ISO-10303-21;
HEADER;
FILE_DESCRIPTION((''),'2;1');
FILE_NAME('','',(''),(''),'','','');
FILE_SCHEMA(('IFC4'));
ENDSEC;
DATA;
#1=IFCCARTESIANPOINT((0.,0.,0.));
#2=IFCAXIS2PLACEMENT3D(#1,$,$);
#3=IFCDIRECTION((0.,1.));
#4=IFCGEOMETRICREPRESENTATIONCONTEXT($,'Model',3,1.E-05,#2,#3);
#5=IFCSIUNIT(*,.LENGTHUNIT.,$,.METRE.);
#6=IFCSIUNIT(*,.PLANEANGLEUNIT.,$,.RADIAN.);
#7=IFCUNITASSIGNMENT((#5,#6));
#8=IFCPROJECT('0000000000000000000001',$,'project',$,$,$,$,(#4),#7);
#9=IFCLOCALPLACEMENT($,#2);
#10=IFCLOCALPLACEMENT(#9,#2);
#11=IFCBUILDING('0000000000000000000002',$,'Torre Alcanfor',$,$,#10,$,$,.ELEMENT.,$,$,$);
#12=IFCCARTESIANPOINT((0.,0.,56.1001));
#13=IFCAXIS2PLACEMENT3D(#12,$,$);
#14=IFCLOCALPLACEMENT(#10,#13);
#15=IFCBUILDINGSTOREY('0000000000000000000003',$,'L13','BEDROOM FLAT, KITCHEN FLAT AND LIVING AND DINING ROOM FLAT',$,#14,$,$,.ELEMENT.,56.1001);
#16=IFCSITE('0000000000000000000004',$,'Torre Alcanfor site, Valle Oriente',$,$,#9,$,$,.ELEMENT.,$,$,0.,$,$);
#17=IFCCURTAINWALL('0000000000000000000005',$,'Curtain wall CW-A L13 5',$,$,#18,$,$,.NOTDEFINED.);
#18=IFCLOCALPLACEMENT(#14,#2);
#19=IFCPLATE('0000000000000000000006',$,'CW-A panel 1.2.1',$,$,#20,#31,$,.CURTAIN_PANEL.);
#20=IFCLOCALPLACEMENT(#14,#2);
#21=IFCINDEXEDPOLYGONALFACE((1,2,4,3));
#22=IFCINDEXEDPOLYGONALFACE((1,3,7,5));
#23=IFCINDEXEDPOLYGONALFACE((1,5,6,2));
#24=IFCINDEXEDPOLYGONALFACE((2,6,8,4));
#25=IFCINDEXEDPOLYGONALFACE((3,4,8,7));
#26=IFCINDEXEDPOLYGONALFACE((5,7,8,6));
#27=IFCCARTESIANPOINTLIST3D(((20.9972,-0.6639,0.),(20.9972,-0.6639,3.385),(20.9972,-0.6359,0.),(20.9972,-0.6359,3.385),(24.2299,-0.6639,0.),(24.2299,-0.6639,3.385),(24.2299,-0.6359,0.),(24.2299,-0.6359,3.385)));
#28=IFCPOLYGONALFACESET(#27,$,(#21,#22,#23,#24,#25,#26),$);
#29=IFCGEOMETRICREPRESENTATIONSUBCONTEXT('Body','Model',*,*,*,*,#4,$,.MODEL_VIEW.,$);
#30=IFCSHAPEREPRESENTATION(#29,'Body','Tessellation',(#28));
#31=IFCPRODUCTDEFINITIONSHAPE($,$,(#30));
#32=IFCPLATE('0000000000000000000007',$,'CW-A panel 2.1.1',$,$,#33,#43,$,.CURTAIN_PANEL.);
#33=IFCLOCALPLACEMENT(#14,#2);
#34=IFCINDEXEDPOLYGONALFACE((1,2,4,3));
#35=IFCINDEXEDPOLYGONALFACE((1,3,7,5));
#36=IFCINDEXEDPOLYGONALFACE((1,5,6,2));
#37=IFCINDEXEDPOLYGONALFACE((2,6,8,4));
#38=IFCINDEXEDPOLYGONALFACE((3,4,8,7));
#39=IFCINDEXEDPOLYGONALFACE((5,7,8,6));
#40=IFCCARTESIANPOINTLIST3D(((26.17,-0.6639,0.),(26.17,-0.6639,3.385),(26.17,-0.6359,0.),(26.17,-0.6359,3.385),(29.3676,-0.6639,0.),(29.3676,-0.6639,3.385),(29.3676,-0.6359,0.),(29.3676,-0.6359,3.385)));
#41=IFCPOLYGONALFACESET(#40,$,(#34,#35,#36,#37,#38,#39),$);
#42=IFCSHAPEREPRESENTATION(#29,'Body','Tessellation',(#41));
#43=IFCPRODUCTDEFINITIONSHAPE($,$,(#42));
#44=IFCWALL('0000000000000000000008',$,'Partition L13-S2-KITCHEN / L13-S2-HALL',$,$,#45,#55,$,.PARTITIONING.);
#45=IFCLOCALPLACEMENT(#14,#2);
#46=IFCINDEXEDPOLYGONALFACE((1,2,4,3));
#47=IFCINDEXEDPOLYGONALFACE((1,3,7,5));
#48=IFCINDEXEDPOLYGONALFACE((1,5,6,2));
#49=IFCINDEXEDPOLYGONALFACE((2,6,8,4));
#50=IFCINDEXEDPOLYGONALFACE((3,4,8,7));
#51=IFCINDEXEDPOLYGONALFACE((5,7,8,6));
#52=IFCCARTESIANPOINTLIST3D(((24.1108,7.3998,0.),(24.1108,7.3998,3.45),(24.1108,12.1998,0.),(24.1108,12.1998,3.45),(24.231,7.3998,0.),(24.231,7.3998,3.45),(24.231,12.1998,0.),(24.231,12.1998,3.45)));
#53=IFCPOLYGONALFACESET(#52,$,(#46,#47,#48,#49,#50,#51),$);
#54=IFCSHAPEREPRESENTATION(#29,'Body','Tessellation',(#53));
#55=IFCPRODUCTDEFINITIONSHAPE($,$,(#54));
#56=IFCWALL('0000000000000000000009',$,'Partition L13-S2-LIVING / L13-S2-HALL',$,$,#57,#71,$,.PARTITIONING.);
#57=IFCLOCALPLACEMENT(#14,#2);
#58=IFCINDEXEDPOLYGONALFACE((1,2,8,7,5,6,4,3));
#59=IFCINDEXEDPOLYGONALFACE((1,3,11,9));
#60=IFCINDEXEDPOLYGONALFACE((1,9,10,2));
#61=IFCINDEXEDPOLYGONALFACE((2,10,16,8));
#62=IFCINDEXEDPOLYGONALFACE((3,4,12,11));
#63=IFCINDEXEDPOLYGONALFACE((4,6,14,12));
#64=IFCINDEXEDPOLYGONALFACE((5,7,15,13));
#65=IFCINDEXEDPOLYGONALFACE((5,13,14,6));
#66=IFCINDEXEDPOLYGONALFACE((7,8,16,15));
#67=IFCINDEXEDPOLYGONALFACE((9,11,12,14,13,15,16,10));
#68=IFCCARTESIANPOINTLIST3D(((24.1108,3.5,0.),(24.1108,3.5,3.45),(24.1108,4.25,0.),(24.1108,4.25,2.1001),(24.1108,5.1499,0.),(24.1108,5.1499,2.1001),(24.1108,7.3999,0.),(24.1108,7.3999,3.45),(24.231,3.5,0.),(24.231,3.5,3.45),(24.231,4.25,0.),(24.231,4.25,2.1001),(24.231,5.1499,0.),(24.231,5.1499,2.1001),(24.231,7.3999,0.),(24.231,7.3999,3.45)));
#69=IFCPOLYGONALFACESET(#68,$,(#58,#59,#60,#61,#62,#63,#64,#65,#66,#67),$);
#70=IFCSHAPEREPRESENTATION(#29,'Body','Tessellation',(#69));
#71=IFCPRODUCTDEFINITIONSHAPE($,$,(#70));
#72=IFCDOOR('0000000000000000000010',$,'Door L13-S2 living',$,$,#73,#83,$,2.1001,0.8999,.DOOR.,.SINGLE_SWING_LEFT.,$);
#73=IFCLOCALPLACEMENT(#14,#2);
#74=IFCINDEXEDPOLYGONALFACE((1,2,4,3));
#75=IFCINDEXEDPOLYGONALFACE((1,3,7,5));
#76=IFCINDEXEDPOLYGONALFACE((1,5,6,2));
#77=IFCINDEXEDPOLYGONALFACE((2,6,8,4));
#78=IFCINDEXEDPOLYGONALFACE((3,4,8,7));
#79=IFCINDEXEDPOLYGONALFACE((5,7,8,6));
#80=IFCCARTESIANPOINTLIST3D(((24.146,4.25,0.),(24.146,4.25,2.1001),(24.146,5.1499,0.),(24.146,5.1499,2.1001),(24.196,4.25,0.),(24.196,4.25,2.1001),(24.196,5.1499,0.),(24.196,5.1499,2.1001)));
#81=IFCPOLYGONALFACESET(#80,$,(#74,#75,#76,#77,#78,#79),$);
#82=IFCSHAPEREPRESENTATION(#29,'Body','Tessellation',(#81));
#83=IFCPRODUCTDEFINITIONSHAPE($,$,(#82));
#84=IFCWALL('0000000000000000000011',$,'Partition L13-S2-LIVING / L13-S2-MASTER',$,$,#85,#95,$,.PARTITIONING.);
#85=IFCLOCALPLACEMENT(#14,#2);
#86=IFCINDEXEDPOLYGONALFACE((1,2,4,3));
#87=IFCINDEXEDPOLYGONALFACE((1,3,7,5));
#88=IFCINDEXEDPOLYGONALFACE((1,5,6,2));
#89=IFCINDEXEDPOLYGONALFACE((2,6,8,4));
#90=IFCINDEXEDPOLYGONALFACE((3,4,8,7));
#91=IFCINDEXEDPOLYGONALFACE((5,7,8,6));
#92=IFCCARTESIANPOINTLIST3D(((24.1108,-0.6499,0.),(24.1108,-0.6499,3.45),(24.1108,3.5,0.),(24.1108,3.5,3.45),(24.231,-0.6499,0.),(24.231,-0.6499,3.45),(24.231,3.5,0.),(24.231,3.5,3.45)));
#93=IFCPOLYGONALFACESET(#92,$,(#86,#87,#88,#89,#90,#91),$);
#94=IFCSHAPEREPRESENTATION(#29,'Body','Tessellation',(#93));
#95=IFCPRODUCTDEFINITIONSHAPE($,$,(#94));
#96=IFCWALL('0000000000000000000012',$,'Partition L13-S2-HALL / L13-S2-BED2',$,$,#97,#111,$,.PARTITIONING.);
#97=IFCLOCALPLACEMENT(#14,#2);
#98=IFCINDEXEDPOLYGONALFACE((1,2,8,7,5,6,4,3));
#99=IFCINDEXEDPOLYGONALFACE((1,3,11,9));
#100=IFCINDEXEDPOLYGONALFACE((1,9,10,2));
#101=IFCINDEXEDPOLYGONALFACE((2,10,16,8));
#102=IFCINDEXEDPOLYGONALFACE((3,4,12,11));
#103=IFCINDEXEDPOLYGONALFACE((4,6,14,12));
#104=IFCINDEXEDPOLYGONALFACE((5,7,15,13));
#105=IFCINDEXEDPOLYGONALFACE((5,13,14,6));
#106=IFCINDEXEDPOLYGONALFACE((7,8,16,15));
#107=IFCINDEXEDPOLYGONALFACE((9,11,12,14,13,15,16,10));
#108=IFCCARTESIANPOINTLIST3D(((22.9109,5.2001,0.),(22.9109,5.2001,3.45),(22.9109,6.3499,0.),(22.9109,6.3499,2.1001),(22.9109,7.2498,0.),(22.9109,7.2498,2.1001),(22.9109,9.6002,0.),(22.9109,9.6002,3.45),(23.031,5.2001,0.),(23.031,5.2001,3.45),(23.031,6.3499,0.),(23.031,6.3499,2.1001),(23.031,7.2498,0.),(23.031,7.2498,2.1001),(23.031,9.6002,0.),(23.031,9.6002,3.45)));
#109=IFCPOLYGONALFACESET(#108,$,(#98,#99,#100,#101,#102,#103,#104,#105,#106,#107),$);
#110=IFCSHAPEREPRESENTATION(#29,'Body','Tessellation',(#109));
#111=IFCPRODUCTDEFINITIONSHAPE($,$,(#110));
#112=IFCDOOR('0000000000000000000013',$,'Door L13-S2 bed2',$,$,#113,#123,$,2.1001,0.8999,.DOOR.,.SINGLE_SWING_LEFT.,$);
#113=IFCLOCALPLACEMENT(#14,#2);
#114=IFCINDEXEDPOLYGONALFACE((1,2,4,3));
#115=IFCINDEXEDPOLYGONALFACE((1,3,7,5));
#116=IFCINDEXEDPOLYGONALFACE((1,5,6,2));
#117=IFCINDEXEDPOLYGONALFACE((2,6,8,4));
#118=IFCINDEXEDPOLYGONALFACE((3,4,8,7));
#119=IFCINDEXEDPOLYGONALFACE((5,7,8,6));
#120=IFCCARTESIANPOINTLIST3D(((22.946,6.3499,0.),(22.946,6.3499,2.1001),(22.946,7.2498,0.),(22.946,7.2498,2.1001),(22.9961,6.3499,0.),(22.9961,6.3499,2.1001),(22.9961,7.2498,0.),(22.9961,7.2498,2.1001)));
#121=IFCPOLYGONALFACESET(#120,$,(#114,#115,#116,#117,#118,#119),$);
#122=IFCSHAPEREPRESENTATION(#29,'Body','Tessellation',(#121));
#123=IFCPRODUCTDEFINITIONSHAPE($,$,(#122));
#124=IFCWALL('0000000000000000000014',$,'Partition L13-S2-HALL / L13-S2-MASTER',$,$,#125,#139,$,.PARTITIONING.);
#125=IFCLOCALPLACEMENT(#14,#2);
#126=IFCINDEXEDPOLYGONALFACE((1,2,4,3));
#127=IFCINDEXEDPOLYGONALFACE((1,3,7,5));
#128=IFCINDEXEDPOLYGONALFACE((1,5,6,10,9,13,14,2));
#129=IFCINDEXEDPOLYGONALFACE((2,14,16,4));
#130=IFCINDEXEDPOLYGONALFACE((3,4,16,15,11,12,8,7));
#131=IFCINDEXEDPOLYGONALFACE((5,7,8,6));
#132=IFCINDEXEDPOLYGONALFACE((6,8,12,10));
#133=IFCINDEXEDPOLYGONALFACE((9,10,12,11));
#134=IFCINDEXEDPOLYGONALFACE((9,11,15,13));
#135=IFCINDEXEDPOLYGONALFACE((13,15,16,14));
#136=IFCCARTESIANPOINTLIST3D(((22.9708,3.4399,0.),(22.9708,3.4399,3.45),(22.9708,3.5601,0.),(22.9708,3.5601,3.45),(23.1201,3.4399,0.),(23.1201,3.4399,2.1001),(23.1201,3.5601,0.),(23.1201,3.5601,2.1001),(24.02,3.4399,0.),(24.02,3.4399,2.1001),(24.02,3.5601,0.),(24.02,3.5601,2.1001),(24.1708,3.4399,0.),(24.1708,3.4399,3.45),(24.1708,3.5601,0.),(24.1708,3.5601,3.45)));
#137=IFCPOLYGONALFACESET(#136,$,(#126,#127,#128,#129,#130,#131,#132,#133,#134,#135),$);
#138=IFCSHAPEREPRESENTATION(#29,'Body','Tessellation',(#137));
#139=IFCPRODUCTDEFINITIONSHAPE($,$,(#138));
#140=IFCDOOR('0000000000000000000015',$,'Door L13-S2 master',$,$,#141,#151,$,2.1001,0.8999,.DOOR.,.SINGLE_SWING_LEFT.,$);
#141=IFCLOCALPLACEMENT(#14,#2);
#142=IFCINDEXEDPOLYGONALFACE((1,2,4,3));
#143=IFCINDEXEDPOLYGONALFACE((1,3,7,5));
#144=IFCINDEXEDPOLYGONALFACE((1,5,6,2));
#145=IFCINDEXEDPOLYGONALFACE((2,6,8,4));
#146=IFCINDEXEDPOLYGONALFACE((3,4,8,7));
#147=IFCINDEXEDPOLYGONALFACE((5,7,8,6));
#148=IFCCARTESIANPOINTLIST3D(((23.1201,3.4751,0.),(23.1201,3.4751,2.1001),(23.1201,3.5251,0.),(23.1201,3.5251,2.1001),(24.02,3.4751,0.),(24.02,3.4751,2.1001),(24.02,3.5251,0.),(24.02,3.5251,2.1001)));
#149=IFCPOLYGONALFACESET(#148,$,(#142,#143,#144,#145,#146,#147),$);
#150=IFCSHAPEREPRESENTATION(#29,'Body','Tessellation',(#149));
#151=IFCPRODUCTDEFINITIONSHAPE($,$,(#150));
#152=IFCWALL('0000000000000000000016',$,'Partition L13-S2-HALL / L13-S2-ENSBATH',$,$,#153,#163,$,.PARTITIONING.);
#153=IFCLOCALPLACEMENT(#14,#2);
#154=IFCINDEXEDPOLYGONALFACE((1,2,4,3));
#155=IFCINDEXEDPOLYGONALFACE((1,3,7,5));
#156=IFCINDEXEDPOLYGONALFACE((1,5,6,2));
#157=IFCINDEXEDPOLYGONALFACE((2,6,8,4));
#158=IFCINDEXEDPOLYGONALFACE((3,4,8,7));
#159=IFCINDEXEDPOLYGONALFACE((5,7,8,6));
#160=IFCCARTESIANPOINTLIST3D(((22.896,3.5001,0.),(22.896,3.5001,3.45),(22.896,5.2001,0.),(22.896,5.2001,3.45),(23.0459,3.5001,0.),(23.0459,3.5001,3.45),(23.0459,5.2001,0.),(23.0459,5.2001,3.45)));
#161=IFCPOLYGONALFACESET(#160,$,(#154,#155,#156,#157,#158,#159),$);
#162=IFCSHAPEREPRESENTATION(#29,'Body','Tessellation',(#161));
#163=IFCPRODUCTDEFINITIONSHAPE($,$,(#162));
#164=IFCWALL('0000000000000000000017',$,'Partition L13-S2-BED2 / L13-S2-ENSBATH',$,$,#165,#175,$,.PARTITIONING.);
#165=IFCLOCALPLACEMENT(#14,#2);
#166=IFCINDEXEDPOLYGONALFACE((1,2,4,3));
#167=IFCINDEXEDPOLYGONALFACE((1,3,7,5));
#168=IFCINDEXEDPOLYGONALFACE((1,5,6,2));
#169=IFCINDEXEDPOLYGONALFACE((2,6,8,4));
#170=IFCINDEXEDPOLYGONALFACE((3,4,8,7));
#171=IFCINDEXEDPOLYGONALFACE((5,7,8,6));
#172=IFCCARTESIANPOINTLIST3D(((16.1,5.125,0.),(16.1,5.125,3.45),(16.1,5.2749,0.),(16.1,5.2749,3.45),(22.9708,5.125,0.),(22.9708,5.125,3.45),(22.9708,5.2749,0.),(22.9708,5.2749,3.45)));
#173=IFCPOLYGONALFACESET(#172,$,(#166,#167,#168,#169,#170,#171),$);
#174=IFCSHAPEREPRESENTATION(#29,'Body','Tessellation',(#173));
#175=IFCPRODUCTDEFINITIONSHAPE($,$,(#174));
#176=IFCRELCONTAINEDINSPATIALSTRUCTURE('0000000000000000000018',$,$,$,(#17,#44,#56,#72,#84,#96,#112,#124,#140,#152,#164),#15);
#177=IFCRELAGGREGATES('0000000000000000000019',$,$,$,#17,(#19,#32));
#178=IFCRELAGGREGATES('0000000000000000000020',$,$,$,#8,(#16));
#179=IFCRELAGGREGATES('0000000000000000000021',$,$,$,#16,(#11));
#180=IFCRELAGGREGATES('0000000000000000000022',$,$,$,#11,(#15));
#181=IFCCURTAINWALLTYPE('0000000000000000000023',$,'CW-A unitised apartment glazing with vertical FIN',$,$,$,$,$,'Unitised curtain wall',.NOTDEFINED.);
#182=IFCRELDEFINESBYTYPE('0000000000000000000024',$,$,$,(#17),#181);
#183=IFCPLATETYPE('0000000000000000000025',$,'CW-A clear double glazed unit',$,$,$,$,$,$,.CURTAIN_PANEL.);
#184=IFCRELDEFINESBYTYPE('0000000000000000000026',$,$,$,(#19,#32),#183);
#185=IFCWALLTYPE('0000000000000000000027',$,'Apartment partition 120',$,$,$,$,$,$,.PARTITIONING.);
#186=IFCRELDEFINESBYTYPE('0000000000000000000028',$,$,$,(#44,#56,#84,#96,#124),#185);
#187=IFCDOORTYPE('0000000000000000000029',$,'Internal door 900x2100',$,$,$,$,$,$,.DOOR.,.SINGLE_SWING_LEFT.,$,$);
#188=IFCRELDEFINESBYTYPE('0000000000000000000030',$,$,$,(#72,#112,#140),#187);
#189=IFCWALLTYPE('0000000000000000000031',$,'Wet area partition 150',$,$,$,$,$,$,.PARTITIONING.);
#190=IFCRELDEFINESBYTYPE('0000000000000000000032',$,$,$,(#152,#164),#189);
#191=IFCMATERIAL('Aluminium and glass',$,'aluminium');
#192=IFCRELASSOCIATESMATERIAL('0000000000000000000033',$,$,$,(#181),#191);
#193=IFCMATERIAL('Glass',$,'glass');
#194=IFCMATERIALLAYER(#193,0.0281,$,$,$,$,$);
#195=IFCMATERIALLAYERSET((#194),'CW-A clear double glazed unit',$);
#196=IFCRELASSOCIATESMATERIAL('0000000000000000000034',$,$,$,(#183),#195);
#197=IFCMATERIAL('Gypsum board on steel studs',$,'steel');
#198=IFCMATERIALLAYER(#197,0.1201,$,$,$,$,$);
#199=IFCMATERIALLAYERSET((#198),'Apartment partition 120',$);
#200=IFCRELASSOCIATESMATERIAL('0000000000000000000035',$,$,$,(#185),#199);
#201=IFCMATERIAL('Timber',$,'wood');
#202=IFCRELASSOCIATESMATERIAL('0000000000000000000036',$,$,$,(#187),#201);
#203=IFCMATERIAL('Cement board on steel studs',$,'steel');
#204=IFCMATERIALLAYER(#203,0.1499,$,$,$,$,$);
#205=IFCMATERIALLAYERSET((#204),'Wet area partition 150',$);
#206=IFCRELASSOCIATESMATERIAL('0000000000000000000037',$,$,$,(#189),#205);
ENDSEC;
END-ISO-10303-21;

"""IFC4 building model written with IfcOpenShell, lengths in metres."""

from ifc_helpers import new_model, si_unit, direction, frame, frame_2d, origin, origin_2d, place, context, subcontext, project, spatial, rectangle, extrude, material, layer, layer_set, type_object, element, fill, aggregate, save


model = new_model("IFC4")

# Units and contexts
model_context = context("Model", 3, precision=1e-05, world=origin(), true_north=direction((0.0, 1.0)))
body_context = subcontext(model_context, "Body", "Model", "MODEL_VIEW")
ifc_project = project(units=[si_unit("LENGTHUNIT", "METRE"), si_unit("PLANEANGLEUNIT", "RADIAN")], contexts=[model_context])

# Site, building, storey
site_placement = place(None, origin())
site = spatial("IfcSite", under=ifc_project, at=site_placement, Name="Torre Alcanfor site, Valle Oriente", CompositionType="ELEMENT", RefElevation=0.0)
building_placement = place(site_placement, origin())
building = spatial("IfcBuilding", under=site, at=building_placement, Name="Torre Alcanfor", CompositionType="ELEMENT")
storey_placement = place(building_placement, frame((0.0, 0.0, 56.1001)))
storey = spatial("IfcBuildingStorey", under=building, at=storey_placement, Name="L13", Description="BEDROOM FLAT, KITCHEN FLAT AND LIVING AND DINING ROOM FLAT", CompositionType="ELEMENT", Elevation=56.1001)

# Curtain wall
ifc_material_1 = material(Name="Aluminium and glass", Category="aluminium")
curtain_wall_type = type_object("IfcCurtainWallType", Name="CW-A unitised apartment glazing with vertical FIN", ElementType="Unitised curtain wall", PredefinedType="NOTDEFINED", material=ifc_material_1)
curtain_wall_placement = place(storey_placement, origin())
curtain_wall = element("IfcCurtainWall", 1, at=curtain_wall_placement, inside=storey, type_object=curtain_wall_type, Name="Curtain wall CW-A L13 5", PredefinedType="NOTDEFINED")

# Plates
ifc_material_2 = material(Name="Glass", Category="glass")
ifc_layer_1 = layer(ifc_material_2, 0.0281)
ifc_layer_set_1 = layer_set([ifc_layer_1], Name="CW-A clear double glazed unit")
plate_type = type_object("IfcPlateType", Name="CW-A clear double glazed unit", PredefinedType="CURTAIN_PANEL", material=ifc_layer_set_1)
plate_1_placement = place(storey_placement, frame((22.6135, -0.6499, 0.0), z_axis=(0.0, 0.0, 1.0), x_axis=(1.0, 0.0, 0.0)))
plate_1 = element("IfcPlate", 2, at=plate_1_placement, type_object=plate_type, Name="CW-A panel 1.2.1", PredefinedType="CURTAIN_PANEL", context=body_context, shape_type="SweptSolid", body=[
    extrude(rectangle(XDim=3.2327, YDim=0.0281, at=origin_2d()), origin(), (0.0, 0.0, 1.0), 3.385),
])
plate_2_placement = place(storey_placement, frame((27.7688, -0.6499, 0.0), z_axis=(0.0, 0.0, 1.0), x_axis=(1.0, 0.0, 0.0)))
plate_2 = element("IfcPlate", 3, at=plate_2_placement, type_object=plate_type, Name="CW-A panel 2.1.1", PredefinedType="CURTAIN_PANEL", context=body_context, shape_type="SweptSolid", body=[
    extrude(rectangle(XDim=3.1975, YDim=0.0281, at=origin_2d()), origin(), (0.0, 0.0, 1.0), 3.385),
])
aggregate(curtain_wall, [plate_1, plate_2])

# Wall
ifc_material_3 = material(Name="Gypsum board on steel studs", Category="steel")
ifc_layer_2 = layer(ifc_material_3, 0.1201)
ifc_layer_set_2 = layer_set([ifc_layer_2], Name="Apartment partition 120")
wall_type_1 = type_object("IfcWallType", Name="Apartment partition 120", PredefinedType="PARTITIONING", material=ifc_layer_set_2)
wall_1_placement = place(storey_placement, frame((24.1709, 7.3999, 0.0), z_axis=(0.0, 0.0, 1.0), x_axis=(0.0, 1.0, 0.0)))
element("IfcWall", 4, at=wall_1_placement, inside=storey, type_object=wall_type_1, Name="Partition L13-S2-KITCHEN / L13-S2-HALL", PredefinedType="PARTITIONING", context=body_context, shape_type="SweptSolid", body=[
    extrude(rectangle(XDim=4.8, YDim=0.1201, at=frame_2d((2.3999, 0.0))), origin(), (0.0, 0.0, 1.0), 3.45),
])

# Wall, opening, door
wall_2_placement = place(storey_placement, frame((24.1709, 3.5, 0.0), z_axis=(0.0, 0.0, 1.0), x_axis=(0.0, 1.0, 0.0)))
wall_2 = element("IfcWall", 5, at=wall_2_placement, inside=storey, type_object=wall_type_1, Name="Partition L13-S2-LIVING / L13-S2-HALL", PredefinedType="PARTITIONING", context=body_context, shape_type="SweptSolid", body=[
    extrude(rectangle(XDim=3.8999, YDim=0.1201, at=frame_2d((1.95, 0.0))), origin(), (0.0, 0.0, 1.0), 3.45),
])
opening_1_placement = place(wall_2_placement, frame((0.75, 0.0, 0.0)))
opening_1 = element("IfcOpeningElement", 6, at=opening_1_placement, cuts=wall_2, PredefinedType="OPENING", context=body_context, shape_type="SweptSolid", body=[
    extrude(rectangle(XDim=0.8999, YDim=2.1001, at=frame_2d((0.45, 1.05))), frame((0.0, 0.0701, 0.0), z_axis=(0.0, -1.0, 0.0), x_axis=(1.0, 0.0, 0.0)), (0.0, 0.0, 1.0), 0.1401),
])
ifc_material_4 = material(Name="Timber", Category="wood")
door_type_1 = type_object("IfcDoorType", Name="Internal door 900x2100", OperationType="SINGLE_SWING_LEFT", PredefinedType="DOOR", material=ifc_material_4)
door_1_placement = place(opening_1_placement, frame((0.8999, 0.0, 0.0), z_axis=(0.0, 0.0, 1.0), x_axis=(-1.0, 0.0, 0.0)))
door_1 = element("IfcDoor", 7, at=door_1_placement, inside=storey, type_object=door_type_1, Name="Door L13-S2 living", OperationType="SINGLE_SWING_LEFT", OverallHeight=2.1001, OverallWidth=0.8999, PredefinedType="DOOR", context=body_context, shape_type="SweptSolid", body=[
    extrude(rectangle(XDim=0.8999, YDim=2.1001, at=frame_2d((0.45, 1.05))), frame((0.0, 0.0251, 0.0), z_axis=(0.0, -1.0, 0.0), x_axis=(1.0, 0.0, 0.0)), (0.0, 0.0, 1.0), 0.05),
])
fill(opening_1, door_1)

# Wall
wall_3_placement = place(storey_placement, frame((24.1709, -0.6499, 0.0), z_axis=(0.0, 0.0, 1.0), x_axis=(0.0, 1.0, 0.0)))
element("IfcWall", 8, at=wall_3_placement, inside=storey, type_object=wall_type_1, Name="Partition L13-S2-LIVING / L13-S2-MASTER", PredefinedType="PARTITIONING", context=body_context, shape_type="SweptSolid", body=[
    extrude(rectangle(XDim=4.1499, YDim=0.1201, at=frame_2d((2.075, 0.0))), origin(), (0.0, 0.0, 1.0), 3.45),
])

# Walls, openings, doors
wall_4_placement = place(storey_placement, frame((22.9709, 5.2, 0.0), z_axis=(0.0, 0.0, 1.0), x_axis=(0.0, 1.0, 0.0)))
wall_4 = element("IfcWall", 9, at=wall_4_placement, inside=storey, type_object=wall_type_1, Name="Partition L13-S2-HALL / L13-S2-BED2", PredefinedType="PARTITIONING", context=body_context, shape_type="SweptSolid", body=[
    extrude(rectangle(XDim=4.4001, YDim=0.1201, at=frame_2d((2.2002, 0.0))), origin(), (0.0, 0.0, 1.0), 3.45),
])
opening_2_placement = place(wall_4_placement, frame((1.1499, 0.0, 0.0)))
opening_2 = element("IfcOpeningElement", 10, at=opening_2_placement, cuts=wall_4, PredefinedType="OPENING", context=body_context, shape_type="SweptSolid", body=[
    extrude(rectangle(XDim=0.8999, YDim=2.1001, at=frame_2d((0.45, 1.05))), frame((0.0, 0.0701, 0.0), z_axis=(0.0, -1.0, 0.0), x_axis=(1.0, 0.0, 0.0)), (0.0, 0.0, 1.0), 0.1401),
])
door_2_placement = place(opening_2_placement, origin())
door_2 = element("IfcDoor", 11, at=door_2_placement, inside=storey, type_object=door_type_1, Name="Door L13-S2 bed2", OperationType="SINGLE_SWING_LEFT", OverallHeight=2.1001, OverallWidth=0.8999, PredefinedType="DOOR", context=body_context, shape_type="SweptSolid", body=[
    extrude(rectangle(XDim=0.8999, YDim=2.1001, at=frame_2d((0.45, 1.05))), frame((0.0, 0.0249, 0.0), z_axis=(0.0, -1.0, 0.0), x_axis=(1.0, 0.0, 0.0)), (0.0, 0.0, 1.0), 0.05),
])
fill(opening_2, door_2)
wall_5_placement = place(storey_placement, frame((24.1709, 3.5, 0.0), z_axis=(0.0, 0.0, 1.0), x_axis=(-1.0, 0.0, 0.0)))
wall_5 = element("IfcWall", 12, at=wall_5_placement, inside=storey, type_object=wall_type_1, Name="Partition L13-S2-HALL / L13-S2-MASTER", PredefinedType="PARTITIONING", context=body_context, shape_type="SweptSolid", body=[
    extrude(rectangle(XDim=1.2, YDim=0.1201, at=frame_2d((0.6001, 0.0))), origin(), (0.0, 0.0, 1.0), 3.45),
])
opening_3_placement = place(wall_5_placement, frame((0.1509, 0.0, 0.0)))
opening_3 = element("IfcOpeningElement", 13, at=opening_3_placement, cuts=wall_5, PredefinedType="OPENING", context=body_context, shape_type="SweptSolid", body=[
    extrude(rectangle(XDim=0.8999, YDim=2.1001, at=frame_2d((0.45, 1.05))), frame((0.0, 0.0701, 0.0), z_axis=(0.0, -1.0, 0.0), x_axis=(1.0, 0.0, 0.0)), (0.0, 0.0, 1.0), 0.1401),
])
door_3_placement = place(opening_3_placement, origin())
door_3 = element("IfcDoor", 14, at=door_3_placement, inside=storey, type_object=door_type_1, Name="Door L13-S2 master", OperationType="SINGLE_SWING_LEFT", OverallHeight=2.1001, OverallWidth=0.8999, PredefinedType="DOOR", context=body_context, shape_type="SweptSolid", body=[
    extrude(rectangle(XDim=0.8999, YDim=2.1001, at=frame_2d((0.45, 1.05))), frame((0.0, 0.0249, 0.0), z_axis=(0.0, -1.0, 0.0), x_axis=(1.0, 0.0, 0.0)), (0.0, 0.0, 1.0), 0.05),
])
fill(opening_3, door_3)

# Walls
ifc_material_5 = material(Name="Cement board on steel studs", Category="steel")
ifc_layer_3 = layer(ifc_material_5, 0.1499)
ifc_layer_set_3 = layer_set([ifc_layer_3], Name="Wet area partition 150")
wall_type_2 = type_object("IfcWallType", Name="Wet area partition 150", PredefinedType="PARTITIONING", material=ifc_layer_set_3)
wall_6_placement = place(storey_placement, frame((22.9709, 3.5, 0.0), z_axis=(0.0, 0.0, 1.0), x_axis=(0.0, 1.0, 0.0)))
element("IfcWall", 15, at=wall_6_placement, inside=storey, type_object=wall_type_2, Name="Partition L13-S2-HALL / L13-S2-ENSBATH", PredefinedType="PARTITIONING", context=body_context, shape_type="SweptSolid", body=[
    extrude(rectangle(XDim=1.7, YDim=0.1499, at=frame_2d((0.8501, 0.0))), origin(), (0.0, 0.0, 1.0), 3.45),
])
wall_7_placement = place(storey_placement, frame((22.9709, 5.2, 0.0), z_axis=(0.0, 0.0, 1.0), x_axis=(-1.0, 0.0, 0.0)))
element("IfcWall", 16, at=wall_7_placement, inside=storey, type_object=wall_type_2, Name="Partition L13-S2-BED2 / L13-S2-ENSBATH", PredefinedType="PARTITIONING", context=body_context, shape_type="SweptSolid", body=[
    extrude(rectangle(XDim=6.8708, YDim=0.1499, at=frame_2d((3.4355, 0.0))), origin(), (0.0, 0.0, 1.0), 3.45),
])

save(model, "model.ifc")
